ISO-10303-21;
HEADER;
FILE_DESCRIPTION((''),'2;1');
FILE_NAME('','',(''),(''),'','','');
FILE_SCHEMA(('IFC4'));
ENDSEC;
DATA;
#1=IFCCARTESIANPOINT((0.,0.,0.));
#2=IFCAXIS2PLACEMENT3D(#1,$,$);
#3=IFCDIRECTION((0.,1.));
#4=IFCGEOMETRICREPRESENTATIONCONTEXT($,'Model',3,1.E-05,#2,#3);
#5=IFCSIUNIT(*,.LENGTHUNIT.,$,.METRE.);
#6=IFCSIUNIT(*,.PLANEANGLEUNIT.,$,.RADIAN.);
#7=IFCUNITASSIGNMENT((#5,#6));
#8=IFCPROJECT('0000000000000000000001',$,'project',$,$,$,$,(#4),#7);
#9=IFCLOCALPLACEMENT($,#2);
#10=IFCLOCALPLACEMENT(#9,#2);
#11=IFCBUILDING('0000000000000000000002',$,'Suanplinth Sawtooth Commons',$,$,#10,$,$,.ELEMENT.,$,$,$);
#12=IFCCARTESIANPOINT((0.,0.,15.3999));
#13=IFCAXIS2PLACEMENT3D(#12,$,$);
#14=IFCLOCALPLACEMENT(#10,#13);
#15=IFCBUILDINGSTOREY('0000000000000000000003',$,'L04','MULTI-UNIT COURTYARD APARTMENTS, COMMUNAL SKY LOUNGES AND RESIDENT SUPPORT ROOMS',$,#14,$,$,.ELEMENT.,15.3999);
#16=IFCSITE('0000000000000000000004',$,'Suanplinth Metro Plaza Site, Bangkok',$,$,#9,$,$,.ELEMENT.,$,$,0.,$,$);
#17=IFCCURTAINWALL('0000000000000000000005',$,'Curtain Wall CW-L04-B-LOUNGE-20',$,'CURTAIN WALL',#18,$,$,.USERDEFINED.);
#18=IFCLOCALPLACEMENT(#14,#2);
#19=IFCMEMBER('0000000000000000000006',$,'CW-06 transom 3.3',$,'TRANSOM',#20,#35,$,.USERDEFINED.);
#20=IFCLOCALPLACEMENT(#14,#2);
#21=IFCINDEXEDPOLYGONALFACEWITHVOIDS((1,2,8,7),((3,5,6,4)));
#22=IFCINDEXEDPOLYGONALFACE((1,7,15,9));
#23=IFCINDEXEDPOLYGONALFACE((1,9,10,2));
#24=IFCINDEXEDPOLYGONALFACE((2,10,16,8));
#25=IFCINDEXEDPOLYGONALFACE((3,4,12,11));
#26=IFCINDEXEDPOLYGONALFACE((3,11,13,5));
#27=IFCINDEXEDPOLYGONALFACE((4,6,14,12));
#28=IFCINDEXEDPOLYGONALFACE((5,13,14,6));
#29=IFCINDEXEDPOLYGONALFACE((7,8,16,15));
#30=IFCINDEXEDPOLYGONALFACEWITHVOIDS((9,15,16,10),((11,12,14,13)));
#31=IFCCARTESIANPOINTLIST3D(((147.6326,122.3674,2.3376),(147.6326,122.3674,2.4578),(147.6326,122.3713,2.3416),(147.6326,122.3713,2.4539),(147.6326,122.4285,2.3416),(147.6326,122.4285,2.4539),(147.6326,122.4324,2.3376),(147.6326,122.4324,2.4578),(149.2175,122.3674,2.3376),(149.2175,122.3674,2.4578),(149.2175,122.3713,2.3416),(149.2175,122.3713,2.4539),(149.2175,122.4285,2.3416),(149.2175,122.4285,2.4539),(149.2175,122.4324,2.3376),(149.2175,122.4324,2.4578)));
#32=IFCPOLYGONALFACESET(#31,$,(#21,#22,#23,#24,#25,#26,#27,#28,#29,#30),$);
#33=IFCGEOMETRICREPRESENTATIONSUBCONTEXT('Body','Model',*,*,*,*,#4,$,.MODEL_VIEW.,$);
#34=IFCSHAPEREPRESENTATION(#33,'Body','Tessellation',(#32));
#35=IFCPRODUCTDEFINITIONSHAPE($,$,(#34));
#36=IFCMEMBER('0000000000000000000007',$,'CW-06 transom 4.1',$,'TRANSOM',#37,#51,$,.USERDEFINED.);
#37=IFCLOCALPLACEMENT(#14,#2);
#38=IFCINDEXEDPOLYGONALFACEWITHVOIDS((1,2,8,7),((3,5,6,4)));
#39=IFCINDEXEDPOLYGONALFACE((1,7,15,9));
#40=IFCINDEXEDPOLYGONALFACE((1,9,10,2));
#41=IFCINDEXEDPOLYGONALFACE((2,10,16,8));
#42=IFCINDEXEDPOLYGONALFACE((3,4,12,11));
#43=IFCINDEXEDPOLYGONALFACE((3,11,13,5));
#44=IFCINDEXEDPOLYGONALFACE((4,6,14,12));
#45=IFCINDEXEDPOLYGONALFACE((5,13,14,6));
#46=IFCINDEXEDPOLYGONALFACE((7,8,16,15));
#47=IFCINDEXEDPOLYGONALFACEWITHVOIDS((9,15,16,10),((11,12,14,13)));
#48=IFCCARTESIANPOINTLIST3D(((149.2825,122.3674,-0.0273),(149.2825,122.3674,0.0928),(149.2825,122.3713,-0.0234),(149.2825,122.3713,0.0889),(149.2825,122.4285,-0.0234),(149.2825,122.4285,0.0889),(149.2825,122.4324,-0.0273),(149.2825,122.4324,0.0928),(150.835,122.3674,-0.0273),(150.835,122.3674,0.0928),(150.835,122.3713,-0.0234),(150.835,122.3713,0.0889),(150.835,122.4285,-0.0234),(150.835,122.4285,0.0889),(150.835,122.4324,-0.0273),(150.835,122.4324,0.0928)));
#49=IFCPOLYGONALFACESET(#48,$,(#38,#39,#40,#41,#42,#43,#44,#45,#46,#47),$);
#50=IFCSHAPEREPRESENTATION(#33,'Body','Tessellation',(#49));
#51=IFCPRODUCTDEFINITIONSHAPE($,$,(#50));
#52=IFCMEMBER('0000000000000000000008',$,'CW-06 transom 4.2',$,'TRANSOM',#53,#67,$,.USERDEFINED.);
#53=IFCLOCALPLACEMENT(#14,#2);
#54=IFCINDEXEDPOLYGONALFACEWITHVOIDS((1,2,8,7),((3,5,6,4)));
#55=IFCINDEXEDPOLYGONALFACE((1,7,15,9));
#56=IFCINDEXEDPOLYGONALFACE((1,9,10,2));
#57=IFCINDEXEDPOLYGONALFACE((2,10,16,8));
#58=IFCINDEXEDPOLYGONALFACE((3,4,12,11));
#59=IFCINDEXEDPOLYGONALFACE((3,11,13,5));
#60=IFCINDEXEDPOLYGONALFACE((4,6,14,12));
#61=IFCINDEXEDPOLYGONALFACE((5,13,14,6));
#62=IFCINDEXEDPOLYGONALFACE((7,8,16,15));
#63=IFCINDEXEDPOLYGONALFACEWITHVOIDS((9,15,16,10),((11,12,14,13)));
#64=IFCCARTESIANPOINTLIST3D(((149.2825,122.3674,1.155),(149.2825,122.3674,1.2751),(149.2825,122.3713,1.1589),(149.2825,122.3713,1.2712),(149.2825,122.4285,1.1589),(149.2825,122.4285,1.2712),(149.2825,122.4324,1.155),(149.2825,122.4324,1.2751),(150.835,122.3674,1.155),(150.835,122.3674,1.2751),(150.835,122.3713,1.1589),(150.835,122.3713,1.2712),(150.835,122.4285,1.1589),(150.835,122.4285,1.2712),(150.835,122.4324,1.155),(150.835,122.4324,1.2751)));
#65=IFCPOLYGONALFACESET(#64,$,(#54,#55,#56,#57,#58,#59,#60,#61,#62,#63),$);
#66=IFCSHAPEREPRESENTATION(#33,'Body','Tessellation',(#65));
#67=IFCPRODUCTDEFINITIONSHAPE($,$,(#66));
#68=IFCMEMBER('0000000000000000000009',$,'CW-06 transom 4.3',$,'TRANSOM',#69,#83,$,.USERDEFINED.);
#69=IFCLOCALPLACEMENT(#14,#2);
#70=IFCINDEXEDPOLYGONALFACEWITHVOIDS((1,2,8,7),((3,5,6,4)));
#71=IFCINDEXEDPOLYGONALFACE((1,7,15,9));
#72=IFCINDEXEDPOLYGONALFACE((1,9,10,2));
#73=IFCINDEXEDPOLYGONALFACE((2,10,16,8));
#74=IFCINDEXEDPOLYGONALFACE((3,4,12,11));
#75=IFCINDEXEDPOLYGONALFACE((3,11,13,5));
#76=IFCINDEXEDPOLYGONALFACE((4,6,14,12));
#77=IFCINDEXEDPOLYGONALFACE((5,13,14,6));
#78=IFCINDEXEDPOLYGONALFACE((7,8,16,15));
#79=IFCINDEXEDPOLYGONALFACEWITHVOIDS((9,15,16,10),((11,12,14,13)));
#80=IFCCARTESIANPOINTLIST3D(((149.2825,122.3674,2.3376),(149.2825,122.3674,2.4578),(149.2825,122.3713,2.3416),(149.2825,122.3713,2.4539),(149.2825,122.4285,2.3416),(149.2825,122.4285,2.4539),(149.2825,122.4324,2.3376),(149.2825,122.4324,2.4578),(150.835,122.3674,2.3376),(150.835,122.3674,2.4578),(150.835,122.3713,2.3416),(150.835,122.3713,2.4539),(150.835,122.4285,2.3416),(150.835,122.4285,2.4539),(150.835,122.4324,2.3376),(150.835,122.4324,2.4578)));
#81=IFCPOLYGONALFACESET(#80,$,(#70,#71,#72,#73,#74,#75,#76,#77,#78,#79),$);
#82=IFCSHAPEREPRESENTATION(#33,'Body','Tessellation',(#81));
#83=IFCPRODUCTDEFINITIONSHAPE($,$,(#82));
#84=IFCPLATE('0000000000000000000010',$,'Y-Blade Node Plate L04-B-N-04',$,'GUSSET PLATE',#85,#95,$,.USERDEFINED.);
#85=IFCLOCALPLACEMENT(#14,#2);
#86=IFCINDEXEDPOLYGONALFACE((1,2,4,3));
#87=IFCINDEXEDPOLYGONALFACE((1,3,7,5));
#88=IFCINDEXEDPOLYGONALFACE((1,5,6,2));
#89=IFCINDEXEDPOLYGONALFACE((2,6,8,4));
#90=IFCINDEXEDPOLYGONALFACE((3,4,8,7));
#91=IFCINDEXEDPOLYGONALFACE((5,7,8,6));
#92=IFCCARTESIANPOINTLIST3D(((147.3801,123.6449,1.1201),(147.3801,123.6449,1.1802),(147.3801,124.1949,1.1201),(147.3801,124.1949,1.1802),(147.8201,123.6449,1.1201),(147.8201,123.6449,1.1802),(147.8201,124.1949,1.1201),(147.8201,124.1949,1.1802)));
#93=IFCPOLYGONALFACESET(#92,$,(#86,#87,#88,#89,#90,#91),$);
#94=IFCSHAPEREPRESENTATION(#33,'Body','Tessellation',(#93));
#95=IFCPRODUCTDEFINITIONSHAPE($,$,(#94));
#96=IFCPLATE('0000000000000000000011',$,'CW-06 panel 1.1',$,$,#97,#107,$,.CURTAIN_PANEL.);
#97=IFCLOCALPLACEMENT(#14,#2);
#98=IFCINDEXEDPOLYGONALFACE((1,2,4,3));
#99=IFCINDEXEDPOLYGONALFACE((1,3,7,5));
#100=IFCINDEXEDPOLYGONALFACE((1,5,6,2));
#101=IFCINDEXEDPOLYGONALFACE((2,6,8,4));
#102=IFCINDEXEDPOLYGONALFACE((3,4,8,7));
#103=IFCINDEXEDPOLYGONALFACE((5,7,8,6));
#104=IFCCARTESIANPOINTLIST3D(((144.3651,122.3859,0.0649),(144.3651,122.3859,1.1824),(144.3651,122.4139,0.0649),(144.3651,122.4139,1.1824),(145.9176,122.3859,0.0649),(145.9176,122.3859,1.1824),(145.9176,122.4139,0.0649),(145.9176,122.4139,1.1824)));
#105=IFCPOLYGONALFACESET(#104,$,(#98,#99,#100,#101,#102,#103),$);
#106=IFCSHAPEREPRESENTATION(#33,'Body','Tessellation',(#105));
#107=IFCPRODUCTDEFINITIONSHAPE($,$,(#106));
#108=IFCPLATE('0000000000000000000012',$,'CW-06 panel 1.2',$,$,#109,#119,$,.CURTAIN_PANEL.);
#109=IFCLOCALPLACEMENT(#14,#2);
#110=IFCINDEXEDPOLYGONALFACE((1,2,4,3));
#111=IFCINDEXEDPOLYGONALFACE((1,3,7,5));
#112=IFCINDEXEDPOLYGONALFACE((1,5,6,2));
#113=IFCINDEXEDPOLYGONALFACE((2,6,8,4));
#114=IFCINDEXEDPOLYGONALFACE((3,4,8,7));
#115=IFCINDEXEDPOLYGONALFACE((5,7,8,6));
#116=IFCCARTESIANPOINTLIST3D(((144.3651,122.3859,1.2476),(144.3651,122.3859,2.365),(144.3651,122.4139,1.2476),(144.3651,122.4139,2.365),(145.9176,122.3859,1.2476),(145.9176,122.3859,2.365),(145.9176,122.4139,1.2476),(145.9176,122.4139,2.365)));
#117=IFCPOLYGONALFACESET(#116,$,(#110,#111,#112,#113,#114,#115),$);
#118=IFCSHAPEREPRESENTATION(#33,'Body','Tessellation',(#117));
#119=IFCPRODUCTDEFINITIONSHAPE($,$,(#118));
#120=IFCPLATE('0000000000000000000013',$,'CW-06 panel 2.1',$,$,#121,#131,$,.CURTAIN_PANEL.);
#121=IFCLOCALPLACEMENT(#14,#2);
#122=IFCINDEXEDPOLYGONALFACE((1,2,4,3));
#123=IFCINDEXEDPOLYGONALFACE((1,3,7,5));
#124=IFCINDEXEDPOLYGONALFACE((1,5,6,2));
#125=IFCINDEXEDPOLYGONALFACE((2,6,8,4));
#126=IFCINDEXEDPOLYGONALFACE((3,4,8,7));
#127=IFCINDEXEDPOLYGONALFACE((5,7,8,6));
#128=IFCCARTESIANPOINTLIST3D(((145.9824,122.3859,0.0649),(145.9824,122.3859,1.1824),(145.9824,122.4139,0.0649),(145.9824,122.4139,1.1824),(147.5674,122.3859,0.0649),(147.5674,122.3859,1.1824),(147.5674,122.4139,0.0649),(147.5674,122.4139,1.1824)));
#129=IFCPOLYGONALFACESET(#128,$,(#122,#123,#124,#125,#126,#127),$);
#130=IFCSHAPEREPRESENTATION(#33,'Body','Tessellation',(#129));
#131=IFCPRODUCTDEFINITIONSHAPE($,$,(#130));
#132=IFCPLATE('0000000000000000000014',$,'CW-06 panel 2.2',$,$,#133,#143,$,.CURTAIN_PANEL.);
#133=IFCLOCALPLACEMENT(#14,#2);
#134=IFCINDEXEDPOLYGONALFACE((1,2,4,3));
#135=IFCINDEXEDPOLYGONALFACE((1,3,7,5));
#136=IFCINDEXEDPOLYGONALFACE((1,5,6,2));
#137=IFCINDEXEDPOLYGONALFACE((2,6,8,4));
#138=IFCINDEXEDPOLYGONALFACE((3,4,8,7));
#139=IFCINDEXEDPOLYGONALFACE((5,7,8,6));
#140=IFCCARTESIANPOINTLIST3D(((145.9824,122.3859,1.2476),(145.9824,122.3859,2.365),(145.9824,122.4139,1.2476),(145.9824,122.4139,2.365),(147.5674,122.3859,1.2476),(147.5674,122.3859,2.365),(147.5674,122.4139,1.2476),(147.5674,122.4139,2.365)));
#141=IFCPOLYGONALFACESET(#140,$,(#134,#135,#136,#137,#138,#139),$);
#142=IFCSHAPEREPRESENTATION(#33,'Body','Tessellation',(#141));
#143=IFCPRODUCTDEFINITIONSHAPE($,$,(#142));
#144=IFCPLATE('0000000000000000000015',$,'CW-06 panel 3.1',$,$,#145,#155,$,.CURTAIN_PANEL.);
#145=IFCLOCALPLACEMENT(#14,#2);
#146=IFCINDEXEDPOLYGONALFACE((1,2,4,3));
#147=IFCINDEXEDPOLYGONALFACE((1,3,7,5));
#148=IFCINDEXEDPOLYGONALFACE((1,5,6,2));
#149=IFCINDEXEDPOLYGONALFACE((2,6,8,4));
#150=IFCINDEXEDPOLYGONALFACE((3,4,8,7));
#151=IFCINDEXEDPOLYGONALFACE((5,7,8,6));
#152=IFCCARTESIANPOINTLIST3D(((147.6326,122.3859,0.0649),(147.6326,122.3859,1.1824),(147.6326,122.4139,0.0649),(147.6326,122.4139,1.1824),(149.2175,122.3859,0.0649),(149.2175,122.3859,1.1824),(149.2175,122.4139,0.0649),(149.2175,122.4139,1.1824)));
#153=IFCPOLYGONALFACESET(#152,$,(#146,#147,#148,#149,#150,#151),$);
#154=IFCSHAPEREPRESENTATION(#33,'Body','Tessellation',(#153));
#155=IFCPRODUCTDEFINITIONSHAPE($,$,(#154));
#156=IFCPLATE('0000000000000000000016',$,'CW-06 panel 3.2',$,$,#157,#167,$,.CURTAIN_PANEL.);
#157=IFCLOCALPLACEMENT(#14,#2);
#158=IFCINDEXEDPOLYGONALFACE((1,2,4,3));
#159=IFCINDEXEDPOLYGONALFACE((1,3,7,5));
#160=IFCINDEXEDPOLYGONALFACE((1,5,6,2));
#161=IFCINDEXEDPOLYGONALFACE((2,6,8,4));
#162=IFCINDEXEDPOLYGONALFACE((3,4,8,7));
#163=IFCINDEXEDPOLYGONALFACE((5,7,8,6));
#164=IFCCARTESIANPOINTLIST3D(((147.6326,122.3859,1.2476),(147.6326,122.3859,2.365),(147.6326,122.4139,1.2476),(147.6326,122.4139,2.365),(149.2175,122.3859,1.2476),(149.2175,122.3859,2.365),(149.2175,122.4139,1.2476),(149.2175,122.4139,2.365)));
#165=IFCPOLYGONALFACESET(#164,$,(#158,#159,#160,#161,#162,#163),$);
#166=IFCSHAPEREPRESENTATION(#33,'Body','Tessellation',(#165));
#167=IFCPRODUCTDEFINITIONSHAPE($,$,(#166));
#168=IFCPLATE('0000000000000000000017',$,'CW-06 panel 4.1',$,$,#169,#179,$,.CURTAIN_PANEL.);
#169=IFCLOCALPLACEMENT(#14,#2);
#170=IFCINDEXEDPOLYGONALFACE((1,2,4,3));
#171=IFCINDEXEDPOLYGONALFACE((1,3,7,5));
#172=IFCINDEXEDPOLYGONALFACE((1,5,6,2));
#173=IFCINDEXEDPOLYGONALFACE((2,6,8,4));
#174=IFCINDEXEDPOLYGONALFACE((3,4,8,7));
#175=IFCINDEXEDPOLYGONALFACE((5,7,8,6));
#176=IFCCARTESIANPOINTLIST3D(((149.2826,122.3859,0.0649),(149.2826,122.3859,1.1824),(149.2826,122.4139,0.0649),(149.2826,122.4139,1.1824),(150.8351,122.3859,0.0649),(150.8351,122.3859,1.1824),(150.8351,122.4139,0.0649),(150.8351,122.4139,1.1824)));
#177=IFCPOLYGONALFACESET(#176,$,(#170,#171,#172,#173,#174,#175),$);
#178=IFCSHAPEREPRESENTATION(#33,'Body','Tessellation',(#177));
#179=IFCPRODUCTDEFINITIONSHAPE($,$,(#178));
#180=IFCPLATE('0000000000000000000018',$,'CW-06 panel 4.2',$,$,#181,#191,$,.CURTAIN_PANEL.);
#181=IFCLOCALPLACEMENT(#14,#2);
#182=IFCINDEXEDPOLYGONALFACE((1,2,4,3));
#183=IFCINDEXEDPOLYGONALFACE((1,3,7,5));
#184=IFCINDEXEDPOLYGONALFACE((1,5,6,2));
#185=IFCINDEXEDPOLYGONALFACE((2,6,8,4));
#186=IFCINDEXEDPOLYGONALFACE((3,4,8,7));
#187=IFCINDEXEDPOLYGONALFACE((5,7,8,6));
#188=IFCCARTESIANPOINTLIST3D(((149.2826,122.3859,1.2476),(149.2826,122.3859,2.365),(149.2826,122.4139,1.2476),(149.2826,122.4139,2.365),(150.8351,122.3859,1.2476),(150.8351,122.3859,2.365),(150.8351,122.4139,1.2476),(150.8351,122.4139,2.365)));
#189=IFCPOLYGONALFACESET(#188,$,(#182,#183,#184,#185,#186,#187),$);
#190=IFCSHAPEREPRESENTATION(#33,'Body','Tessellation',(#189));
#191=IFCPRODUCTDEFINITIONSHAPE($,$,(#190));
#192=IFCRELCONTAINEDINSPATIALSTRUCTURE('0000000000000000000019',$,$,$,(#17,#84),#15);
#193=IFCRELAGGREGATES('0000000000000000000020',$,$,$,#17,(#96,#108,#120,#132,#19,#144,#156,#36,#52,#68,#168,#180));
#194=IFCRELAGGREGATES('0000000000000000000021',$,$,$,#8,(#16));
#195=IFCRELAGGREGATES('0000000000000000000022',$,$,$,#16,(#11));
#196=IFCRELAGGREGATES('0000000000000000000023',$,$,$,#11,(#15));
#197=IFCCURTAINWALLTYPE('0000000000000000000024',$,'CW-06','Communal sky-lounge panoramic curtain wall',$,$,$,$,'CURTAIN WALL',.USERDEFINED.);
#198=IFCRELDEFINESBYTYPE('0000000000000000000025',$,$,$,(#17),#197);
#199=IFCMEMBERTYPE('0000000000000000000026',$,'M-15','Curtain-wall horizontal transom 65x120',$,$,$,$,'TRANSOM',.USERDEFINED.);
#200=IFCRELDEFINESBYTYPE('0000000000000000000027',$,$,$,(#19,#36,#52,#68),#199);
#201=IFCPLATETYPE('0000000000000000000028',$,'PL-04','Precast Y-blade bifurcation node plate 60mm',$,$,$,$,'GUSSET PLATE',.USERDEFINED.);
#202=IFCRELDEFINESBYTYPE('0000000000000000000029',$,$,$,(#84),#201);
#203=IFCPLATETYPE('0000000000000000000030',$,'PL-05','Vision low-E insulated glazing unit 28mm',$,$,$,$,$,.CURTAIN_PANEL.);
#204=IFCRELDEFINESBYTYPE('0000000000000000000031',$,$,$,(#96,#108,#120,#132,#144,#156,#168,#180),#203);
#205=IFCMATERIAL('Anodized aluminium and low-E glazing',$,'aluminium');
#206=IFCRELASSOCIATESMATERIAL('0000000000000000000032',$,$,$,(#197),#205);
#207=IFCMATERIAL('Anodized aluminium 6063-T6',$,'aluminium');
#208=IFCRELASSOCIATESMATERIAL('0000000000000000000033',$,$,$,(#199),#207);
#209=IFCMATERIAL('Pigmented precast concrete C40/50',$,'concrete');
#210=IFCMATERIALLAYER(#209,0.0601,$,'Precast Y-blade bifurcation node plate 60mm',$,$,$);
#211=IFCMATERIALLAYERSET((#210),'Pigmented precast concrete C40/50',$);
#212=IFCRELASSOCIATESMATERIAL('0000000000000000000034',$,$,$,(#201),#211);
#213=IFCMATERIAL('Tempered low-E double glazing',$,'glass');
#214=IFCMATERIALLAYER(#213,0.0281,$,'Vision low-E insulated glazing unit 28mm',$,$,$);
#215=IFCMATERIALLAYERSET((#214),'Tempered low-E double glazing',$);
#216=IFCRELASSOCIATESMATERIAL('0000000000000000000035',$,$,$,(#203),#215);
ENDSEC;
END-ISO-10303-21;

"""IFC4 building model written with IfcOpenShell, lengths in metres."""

from ifc_helpers import new_model, si_unit, direction, frame, origin, origin_2d, place, context, subcontext, project, spatial, rectangle, hollow_rectangle, extrude, material, layer, layer_set, material_profile, profile_set, type_object, element, aggregate, save


model = new_model("IFC4")

# Units and contexts
model_context = context("Model", 3, precision=1e-05, world=origin(), true_north=direction((0.0, 1.0)))
body_context = subcontext(model_context, "Body", "Model", "MODEL_VIEW")
ifc_project = project(units=[si_unit("LENGTHUNIT", "METRE"), si_unit("PLANEANGLEUNIT", "RADIAN")], contexts=[model_context])

# Site, building, storey
site_placement = place(None, origin())
site = spatial("IfcSite", under=ifc_project, at=site_placement, Name="Suanplinth Metro Plaza Site, Bangkok", CompositionType="ELEMENT", RefElevation=0.0)
building_placement = place(site_placement, origin())
building = spatial("IfcBuilding", under=site, at=building_placement, Name="Suanplinth Sawtooth Commons", CompositionType="ELEMENT")
storey_placement = place(building_placement, frame((0.0, 0.0, 15.3999)))
storey = spatial("IfcBuildingStorey", under=building, at=storey_placement, Name="L04", Description="MULTI-UNIT COURTYARD APARTMENTS, COMMUNAL SKY LOUNGES AND RESIDENT SUPPORT ROOMS", CompositionType="ELEMENT", Elevation=15.3999)

# Shared definitions
ifc_material_1 = material(Name="Pigmented precast concrete C40/50", Category="concrete")

# Curtain wall, members
ifc_material_2 = material(Name="Anodized aluminium and low-E glazing", Category="aluminium")
curtain_wall_type = type_object("IfcCurtainWallType", Name="CW-06", Description="Communal sky-lounge panoramic curtain wall", ElementType="CURTAIN WALL", PredefinedType="USERDEFINED", material=ifc_material_2)
curtain_wall_placement = place(storey_placement, origin())
curtain_wall = element("IfcCurtainWall", 1, at=curtain_wall_placement, inside=storey, type_object=curtain_wall_type, Name="Curtain Wall CW-L04-B-LOUNGE-20", ObjectType="CURTAIN WALL", PredefinedType="USERDEFINED")
ifc_material_3 = material(Name="Anodized aluminium 6063-T6", Category="aluminium")
ifc_material_profile_1 = material_profile(ifc_material_3, hollow_rectangle(XDim=0.0649, YDim=0.1201, WallThickness=0.0039, at=origin_2d()), Name="ALU-TRN 65x120")
ifc_profile_set_1 = profile_set([ifc_material_profile_1], Name="Anodized aluminium 6063-T6")
member_type_1 = type_object("IfcMemberType", Name="M-15", Description="Curtain-wall horizontal transom 65x120", ElementType="TRANSOM", PredefinedType="USERDEFINED", material=ifc_profile_set_1)
member_1_placement = place(storey_placement, frame((147.6326, 122.3999, 2.3977), z_axis=(1.0, 0.0, 0.0), x_axis=(0.0, 1.0, 0.0)))
member_1 = element("IfcMember", 2, at=member_1_placement, type_object=member_type_1, Name="CW-06 transom 3.3", ObjectType="TRANSOM", PredefinedType="USERDEFINED", context=body_context, shape_type="SweptSolid", body=[
    extrude(hollow_rectangle(XDim=0.0649, YDim=0.1201, WallThickness=0.0039, at=origin_2d()), origin(), (0.0, 0.0, 1.0), 1.585),
])
member_2_placement = place(storey_placement, frame((149.2825, 122.3999, 0.0327), z_axis=(1.0, 0.0, 0.0), x_axis=(0.0, 1.0, 0.0)))
member_2 = element("IfcMember", 3, at=member_2_placement, type_object=member_type_1, Name="CW-06 transom 4.1", ObjectType="TRANSOM", PredefinedType="USERDEFINED", context=body_context, shape_type="SweptSolid", body=[
    extrude(hollow_rectangle(XDim=0.0649, YDim=0.1201, WallThickness=0.0039, at=origin_2d()), origin(), (0.0, 0.0, 1.0), 1.5525),
])
member_3_placement = place(storey_placement, frame((149.2825, 122.3999, 1.2151), z_axis=(1.0, 0.0, 0.0), x_axis=(0.0, 1.0, 0.0)))
member_3 = element("IfcMember", 4, at=member_3_placement, type_object=member_type_1, Name="CW-06 transom 4.2", ObjectType="TRANSOM", PredefinedType="USERDEFINED", context=body_context, shape_type="SweptSolid", body=[
    extrude(hollow_rectangle(XDim=0.0649, YDim=0.1201, WallThickness=0.0039, at=origin_2d()), origin(), (0.0, 0.0, 1.0), 1.5525),
])
member_4_placement = place(storey_placement, frame((149.2825, 122.3999, 2.3977), z_axis=(1.0, 0.0, 0.0), x_axis=(0.0, 1.0, 0.0)))
member_4 = element("IfcMember", 5, at=member_4_placement, type_object=member_type_1, Name="CW-06 transom 4.3", ObjectType="TRANSOM", PredefinedType="USERDEFINED", context=body_context, shape_type="SweptSolid", body=[
    extrude(hollow_rectangle(XDim=0.0649, YDim=0.1201, WallThickness=0.0039, at=origin_2d()), origin(), (0.0, 0.0, 1.0), 1.5525),
])

# Plates
ifc_layer_1 = layer(ifc_material_1, 0.0601, Name="Precast Y-blade bifurcation node plate 60mm")
ifc_layer_set_1 = layer_set([ifc_layer_1], Name="Pigmented precast concrete C40/50")
plate_type_1 = type_object("IfcPlateType", Name="PL-04", Description="Precast Y-blade bifurcation node plate 60mm", ElementType="GUSSET PLATE", PredefinedType="USERDEFINED", material=ifc_layer_set_1)
plate_1_placement = place(storey_placement, frame((147.6001, 123.9199, 1.1201), z_axis=(0.0, 0.0, 1.0), x_axis=(1.0, 0.0, 0.0)))
element("IfcPlate", 6, at=plate_1_placement, inside=storey, type_object=plate_type_1, Name="Y-Blade Node Plate L04-B-N-04", ObjectType="GUSSET PLATE", PredefinedType="USERDEFINED", context=body_context, shape_type="SweptSolid", body=[
    extrude(rectangle(XDim=0.4399, YDim=0.55, at=origin_2d()), origin(), (0.0, 0.0, 1.0), 0.0601),
])
ifc_material_4 = material(Name="Tempered low-E double glazing", Category="glass")
ifc_layer_2 = layer(ifc_material_4, 0.0281, Name="Vision low-E insulated glazing unit 28mm")
ifc_layer_set_2 = layer_set([ifc_layer_2], Name="Tempered low-E double glazing")
plate_type_2 = type_object("IfcPlateType", Name="PL-05", Description="Vision low-E insulated glazing unit 28mm", PredefinedType="CURTAIN_PANEL", material=ifc_layer_set_2)
plate_2_placement = place(storey_placement, frame((145.1414, 122.3999, 0.0649), z_axis=(0.0, 0.0, 1.0), x_axis=(1.0, 0.0, 0.0)))
plate_2 = element("IfcPlate", 7, at=plate_2_placement, type_object=plate_type_2, Name="CW-06 panel 1.1", PredefinedType="CURTAIN_PANEL", context=body_context, shape_type="SweptSolid", body=[
    extrude(rectangle(XDim=1.5525, YDim=0.0281, at=origin_2d()), origin(), (0.0, 0.0, 1.0), 1.1174),
])
plate_3_placement = place(storey_placement, frame((145.1414, 122.3999, 1.2476), z_axis=(0.0, 0.0, 1.0), x_axis=(1.0, 0.0, 0.0)))
plate_3 = element("IfcPlate", 8, at=plate_3_placement, type_object=plate_type_2, Name="CW-06 panel 1.2", PredefinedType="CURTAIN_PANEL", context=body_context, shape_type="SweptSolid", body=[
    extrude(rectangle(XDim=1.5525, YDim=0.0281, at=origin_2d()), origin(), (0.0, 0.0, 1.0), 1.1174),
])
plate_4_placement = place(storey_placement, frame((146.7749, 122.3999, 0.0649), z_axis=(0.0, 0.0, 1.0), x_axis=(1.0, 0.0, 0.0)))
plate_4 = element("IfcPlate", 9, at=plate_4_placement, type_object=plate_type_2, Name="CW-06 panel 2.1", PredefinedType="CURTAIN_PANEL", context=body_context, shape_type="SweptSolid", body=[
    extrude(rectangle(XDim=1.585, YDim=0.0281, at=origin_2d()), origin(), (0.0, 0.0, 1.0), 1.1174),
])
plate_5_placement = place(storey_placement, frame((146.7749, 122.3999, 1.2476), z_axis=(0.0, 0.0, 1.0), x_axis=(1.0, 0.0, 0.0)))
plate_5 = element("IfcPlate", 10, at=plate_5_placement, type_object=plate_type_2, Name="CW-06 panel 2.2", PredefinedType="CURTAIN_PANEL", context=body_context, shape_type="SweptSolid", body=[
    extrude(rectangle(XDim=1.585, YDim=0.0281, at=origin_2d()), origin(), (0.0, 0.0, 1.0), 1.1174),
])
plate_6_placement = place(storey_placement, frame((148.425, 122.3999, 0.0649), z_axis=(0.0, 0.0, 1.0), x_axis=(1.0, 0.0, 0.0)))
plate_6 = element("IfcPlate", 11, at=plate_6_placement, type_object=plate_type_2, Name="CW-06 panel 3.1", PredefinedType="CURTAIN_PANEL", context=body_context, shape_type="SweptSolid", body=[
    extrude(rectangle(XDim=1.585, YDim=0.0281, at=origin_2d()), origin(), (0.0, 0.0, 1.0), 1.1174),
])
plate_7_placement = place(storey_placement, frame((148.425, 122.3999, 1.2476), z_axis=(0.0, 0.0, 1.0), x_axis=(1.0, 0.0, 0.0)))
plate_7 = element("IfcPlate", 12, at=plate_7_placement, type_object=plate_type_2, Name="CW-06 panel 3.2", PredefinedType="CURTAIN_PANEL", context=body_context, shape_type="SweptSolid", body=[
    extrude(rectangle(XDim=1.585, YDim=0.0281, at=origin_2d()), origin(), (0.0, 0.0, 1.0), 1.1174),
])
plate_8_placement = place(storey_placement, frame((150.0588, 122.3999, 0.0649), z_axis=(0.0, 0.0, 1.0), x_axis=(1.0, 0.0, 0.0)))
plate_8 = element("IfcPlate", 13, at=plate_8_placement, type_object=plate_type_2, Name="CW-06 panel 4.1", PredefinedType="CURTAIN_PANEL", context=body_context, shape_type="SweptSolid", body=[
    extrude(rectangle(XDim=1.5525, YDim=0.0281, at=origin_2d()), origin(), (0.0, 0.0, 1.0), 1.1174),
])
plate_9_placement = place(storey_placement, frame((150.0588, 122.3999, 1.2476), z_axis=(0.0, 0.0, 1.0), x_axis=(1.0, 0.0, 0.0)))
plate_9 = element("IfcPlate", 14, at=plate_9_placement, type_object=plate_type_2, Name="CW-06 panel 4.2", PredefinedType="CURTAIN_PANEL", context=body_context, shape_type="SweptSolid", body=[
    extrude(rectangle(XDim=1.5525, YDim=0.0281, at=origin_2d()), origin(), (0.0, 0.0, 1.0), 1.1174),
])
aggregate(curtain_wall, [plate_2, plate_3, plate_4, plate_5, member_1, plate_6, plate_7, member_2, member_3, member_4, plate_8, plate_9])

save(model, "model.ifc")
